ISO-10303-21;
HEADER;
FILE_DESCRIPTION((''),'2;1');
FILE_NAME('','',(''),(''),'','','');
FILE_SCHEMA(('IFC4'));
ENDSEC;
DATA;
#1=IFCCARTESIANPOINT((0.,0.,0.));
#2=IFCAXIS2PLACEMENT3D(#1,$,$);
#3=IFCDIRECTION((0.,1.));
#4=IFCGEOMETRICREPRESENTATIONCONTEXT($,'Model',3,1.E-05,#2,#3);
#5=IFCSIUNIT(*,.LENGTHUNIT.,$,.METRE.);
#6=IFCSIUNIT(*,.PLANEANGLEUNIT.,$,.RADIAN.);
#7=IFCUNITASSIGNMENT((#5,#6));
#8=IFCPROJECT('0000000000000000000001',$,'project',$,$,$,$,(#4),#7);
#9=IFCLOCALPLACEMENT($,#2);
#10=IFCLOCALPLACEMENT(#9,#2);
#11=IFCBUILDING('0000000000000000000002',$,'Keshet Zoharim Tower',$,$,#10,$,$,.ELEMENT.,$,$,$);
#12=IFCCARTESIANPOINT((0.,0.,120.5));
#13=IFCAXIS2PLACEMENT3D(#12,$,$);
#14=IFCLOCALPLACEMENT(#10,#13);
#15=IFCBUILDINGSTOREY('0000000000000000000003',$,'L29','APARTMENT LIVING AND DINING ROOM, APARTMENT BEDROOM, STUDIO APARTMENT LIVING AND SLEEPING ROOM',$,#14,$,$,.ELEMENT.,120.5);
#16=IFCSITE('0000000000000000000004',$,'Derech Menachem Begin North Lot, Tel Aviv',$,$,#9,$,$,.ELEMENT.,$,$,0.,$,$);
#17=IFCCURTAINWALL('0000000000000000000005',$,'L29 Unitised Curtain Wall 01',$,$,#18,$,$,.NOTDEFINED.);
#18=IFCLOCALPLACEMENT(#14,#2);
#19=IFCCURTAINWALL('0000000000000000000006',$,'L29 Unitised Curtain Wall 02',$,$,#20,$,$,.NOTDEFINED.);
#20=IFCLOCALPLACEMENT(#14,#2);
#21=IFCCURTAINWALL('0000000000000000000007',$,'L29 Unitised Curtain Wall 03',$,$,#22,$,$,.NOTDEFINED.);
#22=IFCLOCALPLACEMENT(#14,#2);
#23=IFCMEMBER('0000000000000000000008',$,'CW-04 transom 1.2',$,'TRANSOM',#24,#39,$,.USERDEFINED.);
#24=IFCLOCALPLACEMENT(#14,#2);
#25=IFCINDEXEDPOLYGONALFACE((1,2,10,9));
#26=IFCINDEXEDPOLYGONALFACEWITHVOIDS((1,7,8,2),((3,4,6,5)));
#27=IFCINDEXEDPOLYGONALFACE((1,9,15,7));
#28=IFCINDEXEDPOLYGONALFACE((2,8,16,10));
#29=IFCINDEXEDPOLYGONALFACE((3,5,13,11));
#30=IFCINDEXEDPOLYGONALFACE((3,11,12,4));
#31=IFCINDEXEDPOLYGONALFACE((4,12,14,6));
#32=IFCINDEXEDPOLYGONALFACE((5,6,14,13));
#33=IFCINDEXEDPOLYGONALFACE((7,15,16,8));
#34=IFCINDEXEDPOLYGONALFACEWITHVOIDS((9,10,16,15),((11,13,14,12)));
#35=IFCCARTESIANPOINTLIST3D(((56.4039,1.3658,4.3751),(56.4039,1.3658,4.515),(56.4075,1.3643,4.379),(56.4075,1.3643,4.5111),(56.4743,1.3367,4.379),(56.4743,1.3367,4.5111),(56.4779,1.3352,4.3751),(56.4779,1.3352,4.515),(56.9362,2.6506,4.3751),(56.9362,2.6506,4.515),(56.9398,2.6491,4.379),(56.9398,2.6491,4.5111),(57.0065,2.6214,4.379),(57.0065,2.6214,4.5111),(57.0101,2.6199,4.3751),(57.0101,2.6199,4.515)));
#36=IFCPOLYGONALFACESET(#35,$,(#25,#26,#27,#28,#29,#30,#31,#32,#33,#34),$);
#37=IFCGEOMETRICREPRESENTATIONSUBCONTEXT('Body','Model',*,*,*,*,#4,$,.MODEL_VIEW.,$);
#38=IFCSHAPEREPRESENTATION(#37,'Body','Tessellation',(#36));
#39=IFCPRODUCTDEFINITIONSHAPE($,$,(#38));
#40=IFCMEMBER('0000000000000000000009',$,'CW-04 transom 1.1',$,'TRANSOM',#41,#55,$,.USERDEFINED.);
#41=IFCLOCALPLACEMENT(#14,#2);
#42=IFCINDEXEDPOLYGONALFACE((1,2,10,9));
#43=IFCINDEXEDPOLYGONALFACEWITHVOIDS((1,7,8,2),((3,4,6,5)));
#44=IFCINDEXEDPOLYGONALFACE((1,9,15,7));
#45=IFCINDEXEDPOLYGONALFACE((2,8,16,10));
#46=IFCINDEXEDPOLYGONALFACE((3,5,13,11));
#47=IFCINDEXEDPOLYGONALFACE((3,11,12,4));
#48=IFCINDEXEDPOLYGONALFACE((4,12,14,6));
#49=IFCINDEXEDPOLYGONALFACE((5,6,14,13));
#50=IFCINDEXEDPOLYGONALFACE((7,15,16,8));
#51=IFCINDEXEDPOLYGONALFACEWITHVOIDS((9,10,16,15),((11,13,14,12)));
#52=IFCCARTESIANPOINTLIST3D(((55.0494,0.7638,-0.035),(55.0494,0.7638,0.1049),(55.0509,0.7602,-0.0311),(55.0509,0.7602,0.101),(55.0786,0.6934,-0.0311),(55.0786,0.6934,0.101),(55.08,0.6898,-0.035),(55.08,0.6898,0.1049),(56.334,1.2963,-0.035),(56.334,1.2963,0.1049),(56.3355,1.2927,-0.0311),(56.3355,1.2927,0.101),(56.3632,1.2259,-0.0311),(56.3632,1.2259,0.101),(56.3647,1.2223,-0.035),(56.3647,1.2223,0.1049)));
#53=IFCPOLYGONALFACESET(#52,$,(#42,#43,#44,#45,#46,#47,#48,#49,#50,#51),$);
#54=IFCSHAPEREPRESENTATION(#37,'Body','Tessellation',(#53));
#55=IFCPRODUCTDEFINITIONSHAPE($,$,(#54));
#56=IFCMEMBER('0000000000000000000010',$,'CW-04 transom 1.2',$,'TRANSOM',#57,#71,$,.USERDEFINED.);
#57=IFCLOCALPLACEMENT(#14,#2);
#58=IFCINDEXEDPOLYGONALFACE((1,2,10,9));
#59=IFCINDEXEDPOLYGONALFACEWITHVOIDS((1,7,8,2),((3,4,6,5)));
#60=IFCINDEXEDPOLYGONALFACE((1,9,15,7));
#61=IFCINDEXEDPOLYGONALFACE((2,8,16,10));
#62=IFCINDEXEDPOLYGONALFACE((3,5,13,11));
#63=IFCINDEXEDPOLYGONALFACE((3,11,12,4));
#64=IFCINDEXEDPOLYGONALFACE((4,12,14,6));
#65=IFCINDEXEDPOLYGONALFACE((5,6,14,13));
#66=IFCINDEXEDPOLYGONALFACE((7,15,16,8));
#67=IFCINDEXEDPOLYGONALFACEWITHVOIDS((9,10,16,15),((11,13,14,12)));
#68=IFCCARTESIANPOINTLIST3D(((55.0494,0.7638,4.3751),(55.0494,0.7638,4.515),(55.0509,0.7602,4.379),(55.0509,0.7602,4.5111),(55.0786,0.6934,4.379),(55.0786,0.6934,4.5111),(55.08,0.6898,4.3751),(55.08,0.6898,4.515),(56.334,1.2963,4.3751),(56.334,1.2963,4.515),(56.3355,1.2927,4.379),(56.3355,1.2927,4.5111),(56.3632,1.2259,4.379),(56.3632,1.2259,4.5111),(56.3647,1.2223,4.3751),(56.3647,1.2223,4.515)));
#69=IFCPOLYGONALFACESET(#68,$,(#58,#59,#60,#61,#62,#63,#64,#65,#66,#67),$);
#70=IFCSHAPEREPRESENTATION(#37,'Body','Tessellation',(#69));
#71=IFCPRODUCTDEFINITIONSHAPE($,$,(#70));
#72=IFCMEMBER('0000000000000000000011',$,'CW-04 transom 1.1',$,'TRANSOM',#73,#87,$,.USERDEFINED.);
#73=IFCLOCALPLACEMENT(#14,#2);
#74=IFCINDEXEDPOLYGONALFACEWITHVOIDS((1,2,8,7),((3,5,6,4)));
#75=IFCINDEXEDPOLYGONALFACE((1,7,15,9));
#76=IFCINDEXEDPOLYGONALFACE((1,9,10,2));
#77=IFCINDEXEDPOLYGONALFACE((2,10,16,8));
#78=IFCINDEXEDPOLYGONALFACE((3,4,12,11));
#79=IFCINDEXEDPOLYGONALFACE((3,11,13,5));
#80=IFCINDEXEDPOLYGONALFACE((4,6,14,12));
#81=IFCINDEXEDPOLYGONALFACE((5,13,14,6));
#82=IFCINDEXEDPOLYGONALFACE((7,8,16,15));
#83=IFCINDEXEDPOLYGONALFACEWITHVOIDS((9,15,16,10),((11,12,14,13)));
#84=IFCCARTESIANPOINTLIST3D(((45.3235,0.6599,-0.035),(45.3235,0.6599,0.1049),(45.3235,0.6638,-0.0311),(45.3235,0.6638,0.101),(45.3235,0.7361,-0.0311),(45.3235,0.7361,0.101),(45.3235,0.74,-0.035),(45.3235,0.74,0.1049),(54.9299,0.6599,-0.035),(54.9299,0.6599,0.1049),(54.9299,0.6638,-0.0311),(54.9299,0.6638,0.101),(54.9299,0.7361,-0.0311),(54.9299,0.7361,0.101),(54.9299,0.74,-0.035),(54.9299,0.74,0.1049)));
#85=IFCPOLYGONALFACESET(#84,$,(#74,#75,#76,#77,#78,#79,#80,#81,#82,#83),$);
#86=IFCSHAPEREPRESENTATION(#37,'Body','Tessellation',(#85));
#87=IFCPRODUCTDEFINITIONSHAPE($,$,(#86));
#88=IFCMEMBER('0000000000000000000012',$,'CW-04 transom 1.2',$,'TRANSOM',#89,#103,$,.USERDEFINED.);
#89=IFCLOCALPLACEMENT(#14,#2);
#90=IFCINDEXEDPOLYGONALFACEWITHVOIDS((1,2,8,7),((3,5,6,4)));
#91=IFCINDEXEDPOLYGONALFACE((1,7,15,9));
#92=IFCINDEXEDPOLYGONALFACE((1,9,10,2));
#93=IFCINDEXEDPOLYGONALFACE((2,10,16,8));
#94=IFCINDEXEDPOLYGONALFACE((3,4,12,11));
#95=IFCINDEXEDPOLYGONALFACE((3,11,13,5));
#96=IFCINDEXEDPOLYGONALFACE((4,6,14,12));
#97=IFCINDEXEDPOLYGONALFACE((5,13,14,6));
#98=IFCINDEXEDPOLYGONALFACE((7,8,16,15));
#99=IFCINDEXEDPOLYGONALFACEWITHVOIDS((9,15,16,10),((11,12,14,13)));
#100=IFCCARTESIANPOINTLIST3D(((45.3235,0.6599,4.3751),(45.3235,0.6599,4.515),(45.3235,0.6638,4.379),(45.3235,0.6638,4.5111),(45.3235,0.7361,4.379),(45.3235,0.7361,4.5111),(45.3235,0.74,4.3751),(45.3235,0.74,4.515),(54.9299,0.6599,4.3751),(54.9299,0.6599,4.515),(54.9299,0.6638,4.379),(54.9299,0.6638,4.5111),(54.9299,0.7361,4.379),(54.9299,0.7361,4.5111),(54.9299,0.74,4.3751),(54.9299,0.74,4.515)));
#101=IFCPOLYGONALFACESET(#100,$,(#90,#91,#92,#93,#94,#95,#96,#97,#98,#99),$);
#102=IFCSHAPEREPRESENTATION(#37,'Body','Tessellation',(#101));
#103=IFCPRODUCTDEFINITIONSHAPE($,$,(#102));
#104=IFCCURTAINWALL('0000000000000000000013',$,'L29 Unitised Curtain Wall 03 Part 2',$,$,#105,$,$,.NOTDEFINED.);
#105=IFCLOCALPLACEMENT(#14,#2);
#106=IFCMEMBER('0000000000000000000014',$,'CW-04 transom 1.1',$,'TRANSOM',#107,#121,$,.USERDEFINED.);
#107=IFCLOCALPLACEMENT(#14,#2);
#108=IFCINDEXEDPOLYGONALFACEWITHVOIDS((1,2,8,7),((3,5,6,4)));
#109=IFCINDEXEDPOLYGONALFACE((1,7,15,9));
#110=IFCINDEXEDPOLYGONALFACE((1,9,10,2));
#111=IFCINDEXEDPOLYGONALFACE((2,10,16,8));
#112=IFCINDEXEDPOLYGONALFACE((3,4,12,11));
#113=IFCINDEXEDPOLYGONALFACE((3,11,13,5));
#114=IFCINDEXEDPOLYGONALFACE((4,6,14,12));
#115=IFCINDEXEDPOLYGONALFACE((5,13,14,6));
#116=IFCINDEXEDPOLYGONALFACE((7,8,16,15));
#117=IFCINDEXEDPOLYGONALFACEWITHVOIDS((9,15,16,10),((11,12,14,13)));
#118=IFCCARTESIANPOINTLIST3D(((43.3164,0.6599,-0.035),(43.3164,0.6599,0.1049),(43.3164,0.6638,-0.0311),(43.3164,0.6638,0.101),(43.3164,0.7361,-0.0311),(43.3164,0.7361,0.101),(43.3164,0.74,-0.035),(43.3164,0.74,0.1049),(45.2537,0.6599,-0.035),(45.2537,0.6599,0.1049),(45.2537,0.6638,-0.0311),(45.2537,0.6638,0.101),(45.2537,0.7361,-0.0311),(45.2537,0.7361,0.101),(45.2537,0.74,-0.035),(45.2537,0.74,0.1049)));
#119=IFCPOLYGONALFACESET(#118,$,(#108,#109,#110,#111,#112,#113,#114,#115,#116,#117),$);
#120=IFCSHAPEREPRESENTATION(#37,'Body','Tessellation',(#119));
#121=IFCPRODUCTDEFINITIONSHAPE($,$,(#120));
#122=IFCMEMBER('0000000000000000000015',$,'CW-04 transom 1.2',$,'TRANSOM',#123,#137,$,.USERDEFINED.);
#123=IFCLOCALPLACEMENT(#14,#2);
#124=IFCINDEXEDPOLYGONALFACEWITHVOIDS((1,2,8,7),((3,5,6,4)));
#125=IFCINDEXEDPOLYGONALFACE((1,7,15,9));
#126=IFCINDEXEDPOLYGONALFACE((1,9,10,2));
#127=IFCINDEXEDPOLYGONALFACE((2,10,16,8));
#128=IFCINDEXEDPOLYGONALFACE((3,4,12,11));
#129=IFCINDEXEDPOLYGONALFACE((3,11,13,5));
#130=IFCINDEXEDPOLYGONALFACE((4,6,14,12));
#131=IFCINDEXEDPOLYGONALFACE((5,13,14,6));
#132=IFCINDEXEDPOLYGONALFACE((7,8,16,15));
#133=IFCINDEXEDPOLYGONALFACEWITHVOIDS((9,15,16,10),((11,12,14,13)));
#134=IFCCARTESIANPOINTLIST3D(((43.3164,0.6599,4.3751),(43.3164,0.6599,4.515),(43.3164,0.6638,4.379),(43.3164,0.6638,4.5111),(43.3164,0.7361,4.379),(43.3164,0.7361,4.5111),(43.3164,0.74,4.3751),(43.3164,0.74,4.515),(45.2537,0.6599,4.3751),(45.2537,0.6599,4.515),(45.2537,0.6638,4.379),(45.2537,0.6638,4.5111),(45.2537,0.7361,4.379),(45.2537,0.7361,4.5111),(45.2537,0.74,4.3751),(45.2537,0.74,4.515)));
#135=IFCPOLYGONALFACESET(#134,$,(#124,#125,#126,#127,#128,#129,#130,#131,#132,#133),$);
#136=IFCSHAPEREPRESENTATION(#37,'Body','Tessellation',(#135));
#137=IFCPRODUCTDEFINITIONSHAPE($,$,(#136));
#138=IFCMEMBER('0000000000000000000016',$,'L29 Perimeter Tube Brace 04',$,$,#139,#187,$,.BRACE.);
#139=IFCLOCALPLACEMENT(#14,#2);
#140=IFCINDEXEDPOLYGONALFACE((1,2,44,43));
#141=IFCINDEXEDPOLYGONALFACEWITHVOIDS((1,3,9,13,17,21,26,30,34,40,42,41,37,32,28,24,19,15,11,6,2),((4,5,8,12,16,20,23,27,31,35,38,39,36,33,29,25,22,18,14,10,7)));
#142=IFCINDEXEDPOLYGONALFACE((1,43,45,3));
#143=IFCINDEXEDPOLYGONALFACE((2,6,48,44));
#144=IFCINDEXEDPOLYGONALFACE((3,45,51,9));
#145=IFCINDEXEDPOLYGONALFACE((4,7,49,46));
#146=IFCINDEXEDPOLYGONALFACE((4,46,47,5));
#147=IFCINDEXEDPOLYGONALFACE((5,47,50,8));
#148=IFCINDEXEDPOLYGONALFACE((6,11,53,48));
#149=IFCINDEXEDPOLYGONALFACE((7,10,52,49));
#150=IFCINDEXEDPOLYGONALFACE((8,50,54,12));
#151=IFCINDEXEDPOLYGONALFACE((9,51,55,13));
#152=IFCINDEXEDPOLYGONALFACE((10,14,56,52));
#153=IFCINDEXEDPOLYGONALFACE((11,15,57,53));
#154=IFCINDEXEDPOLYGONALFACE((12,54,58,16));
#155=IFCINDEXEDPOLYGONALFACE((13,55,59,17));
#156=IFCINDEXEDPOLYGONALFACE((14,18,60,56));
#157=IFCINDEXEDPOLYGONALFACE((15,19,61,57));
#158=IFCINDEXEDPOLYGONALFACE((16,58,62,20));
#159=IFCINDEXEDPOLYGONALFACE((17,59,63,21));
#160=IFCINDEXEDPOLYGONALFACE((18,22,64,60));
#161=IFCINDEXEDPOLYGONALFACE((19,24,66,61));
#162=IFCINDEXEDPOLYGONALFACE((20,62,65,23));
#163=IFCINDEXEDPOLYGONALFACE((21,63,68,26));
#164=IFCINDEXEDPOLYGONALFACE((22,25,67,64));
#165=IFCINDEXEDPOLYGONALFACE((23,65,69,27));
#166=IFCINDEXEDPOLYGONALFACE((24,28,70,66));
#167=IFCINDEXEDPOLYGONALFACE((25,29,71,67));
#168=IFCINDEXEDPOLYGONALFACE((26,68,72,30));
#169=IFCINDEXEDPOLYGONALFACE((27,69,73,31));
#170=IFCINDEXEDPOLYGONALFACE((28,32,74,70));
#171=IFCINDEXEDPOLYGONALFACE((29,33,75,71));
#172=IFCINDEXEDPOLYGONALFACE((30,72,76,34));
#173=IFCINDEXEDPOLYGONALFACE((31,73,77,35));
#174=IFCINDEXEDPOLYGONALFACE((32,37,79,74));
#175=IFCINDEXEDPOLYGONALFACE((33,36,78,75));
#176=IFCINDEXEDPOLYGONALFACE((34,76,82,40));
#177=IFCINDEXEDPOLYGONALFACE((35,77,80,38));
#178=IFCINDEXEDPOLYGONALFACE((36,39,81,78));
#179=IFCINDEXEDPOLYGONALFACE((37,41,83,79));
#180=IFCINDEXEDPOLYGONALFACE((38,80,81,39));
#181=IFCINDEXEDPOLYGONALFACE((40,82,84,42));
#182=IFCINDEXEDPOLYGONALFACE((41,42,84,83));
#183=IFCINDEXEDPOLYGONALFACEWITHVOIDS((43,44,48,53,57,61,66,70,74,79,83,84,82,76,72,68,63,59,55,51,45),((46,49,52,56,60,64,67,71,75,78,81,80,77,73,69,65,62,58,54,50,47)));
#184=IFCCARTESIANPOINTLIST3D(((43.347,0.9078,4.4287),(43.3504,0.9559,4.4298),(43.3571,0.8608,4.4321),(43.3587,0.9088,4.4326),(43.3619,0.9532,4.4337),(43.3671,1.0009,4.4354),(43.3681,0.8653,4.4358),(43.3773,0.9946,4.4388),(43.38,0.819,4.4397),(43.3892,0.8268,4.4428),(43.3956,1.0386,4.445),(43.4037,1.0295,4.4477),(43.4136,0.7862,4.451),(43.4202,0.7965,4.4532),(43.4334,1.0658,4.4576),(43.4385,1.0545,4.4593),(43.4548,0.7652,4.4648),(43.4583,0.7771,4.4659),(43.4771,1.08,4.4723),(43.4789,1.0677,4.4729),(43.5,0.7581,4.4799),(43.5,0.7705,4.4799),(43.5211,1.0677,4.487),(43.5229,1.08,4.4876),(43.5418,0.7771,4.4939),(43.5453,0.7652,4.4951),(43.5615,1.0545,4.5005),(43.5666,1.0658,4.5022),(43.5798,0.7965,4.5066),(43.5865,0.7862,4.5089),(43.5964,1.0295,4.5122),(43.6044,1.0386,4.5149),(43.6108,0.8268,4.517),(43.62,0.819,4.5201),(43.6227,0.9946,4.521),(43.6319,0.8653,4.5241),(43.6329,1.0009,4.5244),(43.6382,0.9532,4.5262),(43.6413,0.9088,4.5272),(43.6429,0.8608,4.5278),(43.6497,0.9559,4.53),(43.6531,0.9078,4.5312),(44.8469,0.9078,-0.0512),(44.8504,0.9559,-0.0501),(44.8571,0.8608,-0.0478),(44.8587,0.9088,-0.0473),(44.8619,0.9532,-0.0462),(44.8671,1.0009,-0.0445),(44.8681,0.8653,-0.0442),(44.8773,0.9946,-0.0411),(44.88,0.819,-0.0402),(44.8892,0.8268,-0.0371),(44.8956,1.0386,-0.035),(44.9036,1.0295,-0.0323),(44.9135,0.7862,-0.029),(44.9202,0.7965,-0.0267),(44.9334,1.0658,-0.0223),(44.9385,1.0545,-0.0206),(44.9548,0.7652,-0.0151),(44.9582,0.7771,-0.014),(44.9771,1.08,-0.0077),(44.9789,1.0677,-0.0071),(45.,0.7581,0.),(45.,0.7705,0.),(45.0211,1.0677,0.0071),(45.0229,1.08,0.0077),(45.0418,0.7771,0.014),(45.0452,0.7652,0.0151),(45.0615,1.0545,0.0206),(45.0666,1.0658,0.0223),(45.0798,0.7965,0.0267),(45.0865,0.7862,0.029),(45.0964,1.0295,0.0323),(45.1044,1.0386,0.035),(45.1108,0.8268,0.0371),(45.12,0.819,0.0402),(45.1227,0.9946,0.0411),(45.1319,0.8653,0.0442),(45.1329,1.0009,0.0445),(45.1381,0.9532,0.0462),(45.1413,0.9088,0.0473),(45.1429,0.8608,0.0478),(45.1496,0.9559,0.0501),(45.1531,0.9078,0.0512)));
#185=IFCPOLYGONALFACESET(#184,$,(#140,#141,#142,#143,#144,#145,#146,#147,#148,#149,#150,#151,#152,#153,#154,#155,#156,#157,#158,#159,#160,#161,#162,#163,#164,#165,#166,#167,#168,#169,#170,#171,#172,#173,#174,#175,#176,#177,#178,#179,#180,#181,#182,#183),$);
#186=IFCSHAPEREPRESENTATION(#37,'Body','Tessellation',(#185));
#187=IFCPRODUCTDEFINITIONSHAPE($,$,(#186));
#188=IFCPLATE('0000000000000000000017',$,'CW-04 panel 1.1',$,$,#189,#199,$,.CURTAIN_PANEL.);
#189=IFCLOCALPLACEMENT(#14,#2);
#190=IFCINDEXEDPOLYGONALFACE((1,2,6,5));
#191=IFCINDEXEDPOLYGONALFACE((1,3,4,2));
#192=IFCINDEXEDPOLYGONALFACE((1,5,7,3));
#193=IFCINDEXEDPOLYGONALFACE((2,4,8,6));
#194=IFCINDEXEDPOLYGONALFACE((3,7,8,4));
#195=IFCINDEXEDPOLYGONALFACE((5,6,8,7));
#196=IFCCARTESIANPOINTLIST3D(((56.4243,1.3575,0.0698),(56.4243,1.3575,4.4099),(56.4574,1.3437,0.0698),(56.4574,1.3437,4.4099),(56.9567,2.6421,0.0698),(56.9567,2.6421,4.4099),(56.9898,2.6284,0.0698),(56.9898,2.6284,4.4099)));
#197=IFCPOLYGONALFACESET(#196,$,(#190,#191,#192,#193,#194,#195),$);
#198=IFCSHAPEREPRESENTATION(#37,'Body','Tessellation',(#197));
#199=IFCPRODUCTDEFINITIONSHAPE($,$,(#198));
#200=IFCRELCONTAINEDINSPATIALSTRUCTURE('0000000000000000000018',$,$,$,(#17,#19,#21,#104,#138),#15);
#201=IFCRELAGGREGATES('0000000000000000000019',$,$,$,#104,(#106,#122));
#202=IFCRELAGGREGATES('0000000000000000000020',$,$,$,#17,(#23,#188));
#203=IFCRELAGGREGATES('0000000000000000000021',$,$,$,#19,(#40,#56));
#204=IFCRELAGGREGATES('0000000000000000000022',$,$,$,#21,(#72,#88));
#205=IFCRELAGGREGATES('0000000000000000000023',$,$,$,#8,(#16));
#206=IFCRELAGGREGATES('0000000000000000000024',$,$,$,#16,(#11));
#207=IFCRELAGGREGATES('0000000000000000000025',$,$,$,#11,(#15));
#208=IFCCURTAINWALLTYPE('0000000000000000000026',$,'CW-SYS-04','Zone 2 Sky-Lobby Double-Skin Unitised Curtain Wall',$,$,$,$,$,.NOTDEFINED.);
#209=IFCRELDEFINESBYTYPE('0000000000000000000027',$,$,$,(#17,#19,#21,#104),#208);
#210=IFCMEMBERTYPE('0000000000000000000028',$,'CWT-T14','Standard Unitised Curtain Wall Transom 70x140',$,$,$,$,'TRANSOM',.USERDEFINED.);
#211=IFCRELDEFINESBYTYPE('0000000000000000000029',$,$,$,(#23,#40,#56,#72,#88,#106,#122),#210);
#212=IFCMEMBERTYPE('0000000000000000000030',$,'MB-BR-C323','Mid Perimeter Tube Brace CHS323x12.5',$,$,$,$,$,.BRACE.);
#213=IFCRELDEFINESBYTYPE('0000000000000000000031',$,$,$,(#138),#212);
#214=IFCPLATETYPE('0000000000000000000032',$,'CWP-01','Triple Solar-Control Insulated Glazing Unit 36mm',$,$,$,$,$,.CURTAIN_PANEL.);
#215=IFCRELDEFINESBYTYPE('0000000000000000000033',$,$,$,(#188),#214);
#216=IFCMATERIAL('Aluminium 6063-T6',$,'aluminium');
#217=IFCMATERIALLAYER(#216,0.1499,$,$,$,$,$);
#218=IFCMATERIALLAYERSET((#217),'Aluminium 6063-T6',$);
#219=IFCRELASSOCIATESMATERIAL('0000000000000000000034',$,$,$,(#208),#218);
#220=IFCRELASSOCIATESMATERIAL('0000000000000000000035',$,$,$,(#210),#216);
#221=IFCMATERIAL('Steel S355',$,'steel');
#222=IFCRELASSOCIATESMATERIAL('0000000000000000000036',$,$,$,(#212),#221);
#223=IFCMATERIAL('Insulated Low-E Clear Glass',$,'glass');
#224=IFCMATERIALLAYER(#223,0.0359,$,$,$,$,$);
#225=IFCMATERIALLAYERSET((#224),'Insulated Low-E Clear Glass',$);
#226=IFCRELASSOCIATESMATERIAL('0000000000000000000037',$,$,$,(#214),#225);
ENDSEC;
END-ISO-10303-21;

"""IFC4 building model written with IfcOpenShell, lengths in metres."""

from ifc_helpers import new_model, si_unit, direction, frame, origin, origin_2d, place, context, subcontext, project, spatial, rectangle, hollow_rectangle, hollow_circle, extrude, material, layer, layer_set, material_profile, profile_set, type_object, element, aggregate, save


model = new_model("IFC4")

# Units and contexts
model_context = context("Model", 3, precision=1e-05, world=origin(), true_north=direction((0.0, 1.0)))
body_context = subcontext(model_context, "Body", "Model", "MODEL_VIEW")
ifc_project = project(units=[si_unit("LENGTHUNIT", "METRE"), si_unit("PLANEANGLEUNIT", "RADIAN")], contexts=[model_context])

# Site, building, storey
site_placement = place(None, origin())
site = spatial("IfcSite", under=ifc_project, at=site_placement, Name="Derech Menachem Begin North Lot, Tel Aviv", CompositionType="ELEMENT", RefElevation=0.0)
building_placement = place(site_placement, origin())
building = spatial("IfcBuilding", under=site, at=building_placement, Name="Keshet Zoharim Tower", CompositionType="ELEMENT")
storey_placement = place(building_placement, frame((0.0, 0.0, 120.5)))
storey = spatial("IfcBuildingStorey", under=building, at=storey_placement, Name="L29", Description="APARTMENT LIVING AND DINING ROOM, APARTMENT BEDROOM, STUDIO APARTMENT LIVING AND SLEEPING ROOM", CompositionType="ELEMENT", Elevation=120.5)

# Shared definitions
ifc_material_1 = material(Name="Steel S355", Category="steel")

# Curtain walls
ifc_material_2 = material(Name="Aluminium 6063-T6", Category="aluminium")
ifc_layer_1 = layer(ifc_material_2, 0.1499)
ifc_layer_set_1 = layer_set([ifc_layer_1], Name="Aluminium 6063-T6")
curtain_wall_type = type_object("IfcCurtainWallType", Name="CW-SYS-04", Description="Zone 2 Sky-Lobby Double-Skin Unitised Curtain Wall", PredefinedType="NOTDEFINED", material=ifc_layer_set_1)
curtain_wall_1_placement = place(storey_placement, origin())
curtain_wall_1 = element("IfcCurtainWall", 1, at=curtain_wall_1_placement, inside=storey, type_object=curtain_wall_type, Name="L29 Unitised Curtain Wall 01", PredefinedType="NOTDEFINED")
curtain_wall_2_placement = place(storey_placement, origin())
curtain_wall_2 = element("IfcCurtainWall", 2, at=curtain_wall_2_placement, inside=storey, type_object=curtain_wall_type, Name="L29 Unitised Curtain Wall 02", PredefinedType="NOTDEFINED")
curtain_wall_3_placement = place(storey_placement, origin())
curtain_wall_3 = element("IfcCurtainWall", 3, at=curtain_wall_3_placement, inside=storey, type_object=curtain_wall_type, Name="L29 Unitised Curtain Wall 03", PredefinedType="NOTDEFINED")

# Members
ifc_material_profile_1 = material_profile(ifc_material_2, hollow_rectangle(XDim=0.0801, YDim=0.1399, WallThickness=0.0039, at=origin_2d()), Name="TRN-80x140")
ifc_profile_set_1 = profile_set([ifc_material_profile_1], Name="Aluminium 6063-T6")
member_type_1 = type_object("IfcMemberType", Name="CWT-T14", Description="Standard Unitised Curtain Wall Transom 70x140", ElementType="TRANSOM", PredefinedType="USERDEFINED", material=ifc_profile_set_1)
member_1_placement = place(storey_placement, frame((56.9731, 2.6353, 4.4451), z_axis=(-0.382745, -0.923854, 0.0), x_axis=(0.923854, -0.382745, 0.0)))
member_1 = element("IfcMember", 4, at=member_1_placement, type_object=member_type_1, Name="CW-04 transom 1.2", ObjectType="TRANSOM", PredefinedType="USERDEFINED", context=body_context, shape_type="SweptSolid", body=[
    extrude(hollow_rectangle(XDim=0.0801, YDim=0.1399, WallThickness=0.0039, at=origin_2d()), origin(), (0.0, 0.0, 1.0), 1.3906),
])
member_2_placement = place(storey_placement, frame((56.3494, 1.2593, 0.0349), z_axis=(-0.923792, -0.382894, 0.0), x_axis=(0.382894, -0.923792, 0.0)))
member_2 = element("IfcMember", 5, at=member_2_placement, type_object=member_type_1, Name="CW-04 transom 1.1", ObjectType="TRANSOM", PredefinedType="USERDEFINED", context=body_context, shape_type="SweptSolid", body=[
    extrude(hollow_rectangle(XDim=0.0801, YDim=0.1399, WallThickness=0.0039, at=origin_2d()), origin(), (0.0, 0.0, 1.0), 1.3906),
])
member_3_placement = place(storey_placement, frame((56.3494, 1.2593, 4.4451), z_axis=(-0.923792, -0.382894, 0.0), x_axis=(0.382894, -0.923792, 0.0)))
member_3 = element("IfcMember", 6, at=member_3_placement, type_object=member_type_1, Name="CW-04 transom 1.2", ObjectType="TRANSOM", PredefinedType="USERDEFINED", context=body_context, shape_type="SweptSolid", body=[
    extrude(hollow_rectangle(XDim=0.0801, YDim=0.1399, WallThickness=0.0039, at=origin_2d()), origin(), (0.0, 0.0, 1.0), 1.3906),
])
member_4_placement = place(storey_placement, frame((54.9299, 0.7, 0.0349), z_axis=(-1.0, 0.0, 0.0), x_axis=(0.0, -1.0, 0.0)))
member_4 = element("IfcMember", 7, at=member_4_placement, type_object=member_type_1, Name="CW-04 transom 1.1", ObjectType="TRANSOM", PredefinedType="USERDEFINED", context=body_context, shape_type="SweptSolid", body=[
    extrude(hollow_rectangle(XDim=0.0801, YDim=0.1399, WallThickness=0.0039, at=origin_2d()), origin(), (0.0, 0.0, 1.0), 9.6064),
])
member_5_placement = place(storey_placement, frame((54.9299, 0.7, 4.4451), z_axis=(-1.0, 0.0, 0.0), x_axis=(0.0, -1.0, 0.0)))
member_5 = element("IfcMember", 8, at=member_5_placement, type_object=member_type_1, Name="CW-04 transom 1.2", ObjectType="TRANSOM", PredefinedType="USERDEFINED", context=body_context, shape_type="SweptSolid", body=[
    extrude(hollow_rectangle(XDim=0.0801, YDim=0.1399, WallThickness=0.0039, at=origin_2d()), origin(), (0.0, 0.0, 1.0), 9.6064),
])

# Curtain wall, members
curtain_wall_4_placement = place(storey_placement, origin())
curtain_wall_4 = element("IfcCurtainWall", 9, at=curtain_wall_4_placement, inside=storey, type_object=curtain_wall_type, Name="L29 Unitised Curtain Wall 03 Part 2", PredefinedType="NOTDEFINED")
member_6_placement = place(storey_placement, frame((45.2537, 0.7, 0.0349), z_axis=(-1.0, 0.0, 0.0), x_axis=(0.0, -1.0, 0.0)))
member_6 = element("IfcMember", 10, at=member_6_placement, type_object=member_type_1, Name="CW-04 transom 1.1", ObjectType="TRANSOM", PredefinedType="USERDEFINED", context=body_context, shape_type="SweptSolid", body=[
    extrude(hollow_rectangle(XDim=0.0801, YDim=0.1399, WallThickness=0.0039, at=origin_2d()), origin(), (0.0, 0.0, 1.0), 1.9373),
])
member_7_placement = place(storey_placement, frame((45.2537, 0.7, 4.4451), z_axis=(-1.0, 0.0, 0.0), x_axis=(0.0, -1.0, 0.0)))
member_7 = element("IfcMember", 11, at=member_7_placement, type_object=member_type_1, Name="CW-04 transom 1.2", ObjectType="TRANSOM", PredefinedType="USERDEFINED", context=body_context, shape_type="SweptSolid", body=[
    extrude(hollow_rectangle(XDim=0.0801, YDim=0.1399, WallThickness=0.0039, at=origin_2d()), origin(), (0.0, 0.0, 1.0), 1.9373),
])
aggregate(curtain_wall_4, [member_6, member_7])

# Member
ifc_material_profile_2 = material_profile(ifc_material_1, hollow_circle(Radius=0.1619, WallThickness=0.0125, at=origin_2d()), Name="CHS323x12.5")
ifc_profile_set_2 = profile_set([ifc_material_profile_2], Name="Steel S355")
member_type_2 = type_object("IfcMemberType", Name="MB-BR-C323", Description="Mid Perimeter Tube Brace CHS323x12.5", PredefinedType="BRACE", material=ifc_profile_set_2)
member_8_placement = place(storey_placement, frame((45.0, 0.9199, 0.0), z_axis=(-0.317499, 0.0, 0.948259), x_axis=(0.0, -1.0, 0.0)))
element("IfcMember", 12, at=member_8_placement, inside=storey, type_object=member_type_2, Name="L29 Perimeter Tube Brace 04", PredefinedType="BRACE", context=body_context, shape_type="SweptSolid", body=[
    extrude(hollow_circle(Radius=0.1619, WallThickness=0.0125, at=origin_2d()), origin(), (0.0, 0.0, 1.0), 4.7244),
])

# Plate
ifc_material_3 = material(Name="Insulated Low-E Clear Glass", Category="glass")
ifc_layer_2 = layer(ifc_material_3, 0.0359)
ifc_layer_set_2 = layer_set([ifc_layer_2], Name="Insulated Low-E Clear Glass")
plate_type = type_object("IfcPlateType", Name="CWP-01", Description="Triple Solar-Control Insulated Glazing Unit 36mm", PredefinedType="CURTAIN_PANEL", material=ifc_layer_set_2)
plate_1_placement = place(storey_placement, frame((56.707, 1.9929, 0.0698), z_axis=(0.0, 0.0, 1.0), x_axis=(-0.382852, -0.92381, 0.0)))
plate_1 = element("IfcPlate", 13, at=plate_1_placement, type_object=plate_type, Name="CW-04 panel 1.1", PredefinedType="CURTAIN_PANEL", context=body_context, shape_type="SweptSolid", body=[
    extrude(rectangle(XDim=1.3906, YDim=0.0359, at=origin_2d()), origin(), (0.0, 0.0, 1.0), 4.3401),
])
aggregate(curtain_wall_1, [member_1, plate_1])
aggregate(curtain_wall_2, [member_2, member_3])
aggregate(curtain_wall_3, [member_4, member_5])

save(model, "model.ifc")
